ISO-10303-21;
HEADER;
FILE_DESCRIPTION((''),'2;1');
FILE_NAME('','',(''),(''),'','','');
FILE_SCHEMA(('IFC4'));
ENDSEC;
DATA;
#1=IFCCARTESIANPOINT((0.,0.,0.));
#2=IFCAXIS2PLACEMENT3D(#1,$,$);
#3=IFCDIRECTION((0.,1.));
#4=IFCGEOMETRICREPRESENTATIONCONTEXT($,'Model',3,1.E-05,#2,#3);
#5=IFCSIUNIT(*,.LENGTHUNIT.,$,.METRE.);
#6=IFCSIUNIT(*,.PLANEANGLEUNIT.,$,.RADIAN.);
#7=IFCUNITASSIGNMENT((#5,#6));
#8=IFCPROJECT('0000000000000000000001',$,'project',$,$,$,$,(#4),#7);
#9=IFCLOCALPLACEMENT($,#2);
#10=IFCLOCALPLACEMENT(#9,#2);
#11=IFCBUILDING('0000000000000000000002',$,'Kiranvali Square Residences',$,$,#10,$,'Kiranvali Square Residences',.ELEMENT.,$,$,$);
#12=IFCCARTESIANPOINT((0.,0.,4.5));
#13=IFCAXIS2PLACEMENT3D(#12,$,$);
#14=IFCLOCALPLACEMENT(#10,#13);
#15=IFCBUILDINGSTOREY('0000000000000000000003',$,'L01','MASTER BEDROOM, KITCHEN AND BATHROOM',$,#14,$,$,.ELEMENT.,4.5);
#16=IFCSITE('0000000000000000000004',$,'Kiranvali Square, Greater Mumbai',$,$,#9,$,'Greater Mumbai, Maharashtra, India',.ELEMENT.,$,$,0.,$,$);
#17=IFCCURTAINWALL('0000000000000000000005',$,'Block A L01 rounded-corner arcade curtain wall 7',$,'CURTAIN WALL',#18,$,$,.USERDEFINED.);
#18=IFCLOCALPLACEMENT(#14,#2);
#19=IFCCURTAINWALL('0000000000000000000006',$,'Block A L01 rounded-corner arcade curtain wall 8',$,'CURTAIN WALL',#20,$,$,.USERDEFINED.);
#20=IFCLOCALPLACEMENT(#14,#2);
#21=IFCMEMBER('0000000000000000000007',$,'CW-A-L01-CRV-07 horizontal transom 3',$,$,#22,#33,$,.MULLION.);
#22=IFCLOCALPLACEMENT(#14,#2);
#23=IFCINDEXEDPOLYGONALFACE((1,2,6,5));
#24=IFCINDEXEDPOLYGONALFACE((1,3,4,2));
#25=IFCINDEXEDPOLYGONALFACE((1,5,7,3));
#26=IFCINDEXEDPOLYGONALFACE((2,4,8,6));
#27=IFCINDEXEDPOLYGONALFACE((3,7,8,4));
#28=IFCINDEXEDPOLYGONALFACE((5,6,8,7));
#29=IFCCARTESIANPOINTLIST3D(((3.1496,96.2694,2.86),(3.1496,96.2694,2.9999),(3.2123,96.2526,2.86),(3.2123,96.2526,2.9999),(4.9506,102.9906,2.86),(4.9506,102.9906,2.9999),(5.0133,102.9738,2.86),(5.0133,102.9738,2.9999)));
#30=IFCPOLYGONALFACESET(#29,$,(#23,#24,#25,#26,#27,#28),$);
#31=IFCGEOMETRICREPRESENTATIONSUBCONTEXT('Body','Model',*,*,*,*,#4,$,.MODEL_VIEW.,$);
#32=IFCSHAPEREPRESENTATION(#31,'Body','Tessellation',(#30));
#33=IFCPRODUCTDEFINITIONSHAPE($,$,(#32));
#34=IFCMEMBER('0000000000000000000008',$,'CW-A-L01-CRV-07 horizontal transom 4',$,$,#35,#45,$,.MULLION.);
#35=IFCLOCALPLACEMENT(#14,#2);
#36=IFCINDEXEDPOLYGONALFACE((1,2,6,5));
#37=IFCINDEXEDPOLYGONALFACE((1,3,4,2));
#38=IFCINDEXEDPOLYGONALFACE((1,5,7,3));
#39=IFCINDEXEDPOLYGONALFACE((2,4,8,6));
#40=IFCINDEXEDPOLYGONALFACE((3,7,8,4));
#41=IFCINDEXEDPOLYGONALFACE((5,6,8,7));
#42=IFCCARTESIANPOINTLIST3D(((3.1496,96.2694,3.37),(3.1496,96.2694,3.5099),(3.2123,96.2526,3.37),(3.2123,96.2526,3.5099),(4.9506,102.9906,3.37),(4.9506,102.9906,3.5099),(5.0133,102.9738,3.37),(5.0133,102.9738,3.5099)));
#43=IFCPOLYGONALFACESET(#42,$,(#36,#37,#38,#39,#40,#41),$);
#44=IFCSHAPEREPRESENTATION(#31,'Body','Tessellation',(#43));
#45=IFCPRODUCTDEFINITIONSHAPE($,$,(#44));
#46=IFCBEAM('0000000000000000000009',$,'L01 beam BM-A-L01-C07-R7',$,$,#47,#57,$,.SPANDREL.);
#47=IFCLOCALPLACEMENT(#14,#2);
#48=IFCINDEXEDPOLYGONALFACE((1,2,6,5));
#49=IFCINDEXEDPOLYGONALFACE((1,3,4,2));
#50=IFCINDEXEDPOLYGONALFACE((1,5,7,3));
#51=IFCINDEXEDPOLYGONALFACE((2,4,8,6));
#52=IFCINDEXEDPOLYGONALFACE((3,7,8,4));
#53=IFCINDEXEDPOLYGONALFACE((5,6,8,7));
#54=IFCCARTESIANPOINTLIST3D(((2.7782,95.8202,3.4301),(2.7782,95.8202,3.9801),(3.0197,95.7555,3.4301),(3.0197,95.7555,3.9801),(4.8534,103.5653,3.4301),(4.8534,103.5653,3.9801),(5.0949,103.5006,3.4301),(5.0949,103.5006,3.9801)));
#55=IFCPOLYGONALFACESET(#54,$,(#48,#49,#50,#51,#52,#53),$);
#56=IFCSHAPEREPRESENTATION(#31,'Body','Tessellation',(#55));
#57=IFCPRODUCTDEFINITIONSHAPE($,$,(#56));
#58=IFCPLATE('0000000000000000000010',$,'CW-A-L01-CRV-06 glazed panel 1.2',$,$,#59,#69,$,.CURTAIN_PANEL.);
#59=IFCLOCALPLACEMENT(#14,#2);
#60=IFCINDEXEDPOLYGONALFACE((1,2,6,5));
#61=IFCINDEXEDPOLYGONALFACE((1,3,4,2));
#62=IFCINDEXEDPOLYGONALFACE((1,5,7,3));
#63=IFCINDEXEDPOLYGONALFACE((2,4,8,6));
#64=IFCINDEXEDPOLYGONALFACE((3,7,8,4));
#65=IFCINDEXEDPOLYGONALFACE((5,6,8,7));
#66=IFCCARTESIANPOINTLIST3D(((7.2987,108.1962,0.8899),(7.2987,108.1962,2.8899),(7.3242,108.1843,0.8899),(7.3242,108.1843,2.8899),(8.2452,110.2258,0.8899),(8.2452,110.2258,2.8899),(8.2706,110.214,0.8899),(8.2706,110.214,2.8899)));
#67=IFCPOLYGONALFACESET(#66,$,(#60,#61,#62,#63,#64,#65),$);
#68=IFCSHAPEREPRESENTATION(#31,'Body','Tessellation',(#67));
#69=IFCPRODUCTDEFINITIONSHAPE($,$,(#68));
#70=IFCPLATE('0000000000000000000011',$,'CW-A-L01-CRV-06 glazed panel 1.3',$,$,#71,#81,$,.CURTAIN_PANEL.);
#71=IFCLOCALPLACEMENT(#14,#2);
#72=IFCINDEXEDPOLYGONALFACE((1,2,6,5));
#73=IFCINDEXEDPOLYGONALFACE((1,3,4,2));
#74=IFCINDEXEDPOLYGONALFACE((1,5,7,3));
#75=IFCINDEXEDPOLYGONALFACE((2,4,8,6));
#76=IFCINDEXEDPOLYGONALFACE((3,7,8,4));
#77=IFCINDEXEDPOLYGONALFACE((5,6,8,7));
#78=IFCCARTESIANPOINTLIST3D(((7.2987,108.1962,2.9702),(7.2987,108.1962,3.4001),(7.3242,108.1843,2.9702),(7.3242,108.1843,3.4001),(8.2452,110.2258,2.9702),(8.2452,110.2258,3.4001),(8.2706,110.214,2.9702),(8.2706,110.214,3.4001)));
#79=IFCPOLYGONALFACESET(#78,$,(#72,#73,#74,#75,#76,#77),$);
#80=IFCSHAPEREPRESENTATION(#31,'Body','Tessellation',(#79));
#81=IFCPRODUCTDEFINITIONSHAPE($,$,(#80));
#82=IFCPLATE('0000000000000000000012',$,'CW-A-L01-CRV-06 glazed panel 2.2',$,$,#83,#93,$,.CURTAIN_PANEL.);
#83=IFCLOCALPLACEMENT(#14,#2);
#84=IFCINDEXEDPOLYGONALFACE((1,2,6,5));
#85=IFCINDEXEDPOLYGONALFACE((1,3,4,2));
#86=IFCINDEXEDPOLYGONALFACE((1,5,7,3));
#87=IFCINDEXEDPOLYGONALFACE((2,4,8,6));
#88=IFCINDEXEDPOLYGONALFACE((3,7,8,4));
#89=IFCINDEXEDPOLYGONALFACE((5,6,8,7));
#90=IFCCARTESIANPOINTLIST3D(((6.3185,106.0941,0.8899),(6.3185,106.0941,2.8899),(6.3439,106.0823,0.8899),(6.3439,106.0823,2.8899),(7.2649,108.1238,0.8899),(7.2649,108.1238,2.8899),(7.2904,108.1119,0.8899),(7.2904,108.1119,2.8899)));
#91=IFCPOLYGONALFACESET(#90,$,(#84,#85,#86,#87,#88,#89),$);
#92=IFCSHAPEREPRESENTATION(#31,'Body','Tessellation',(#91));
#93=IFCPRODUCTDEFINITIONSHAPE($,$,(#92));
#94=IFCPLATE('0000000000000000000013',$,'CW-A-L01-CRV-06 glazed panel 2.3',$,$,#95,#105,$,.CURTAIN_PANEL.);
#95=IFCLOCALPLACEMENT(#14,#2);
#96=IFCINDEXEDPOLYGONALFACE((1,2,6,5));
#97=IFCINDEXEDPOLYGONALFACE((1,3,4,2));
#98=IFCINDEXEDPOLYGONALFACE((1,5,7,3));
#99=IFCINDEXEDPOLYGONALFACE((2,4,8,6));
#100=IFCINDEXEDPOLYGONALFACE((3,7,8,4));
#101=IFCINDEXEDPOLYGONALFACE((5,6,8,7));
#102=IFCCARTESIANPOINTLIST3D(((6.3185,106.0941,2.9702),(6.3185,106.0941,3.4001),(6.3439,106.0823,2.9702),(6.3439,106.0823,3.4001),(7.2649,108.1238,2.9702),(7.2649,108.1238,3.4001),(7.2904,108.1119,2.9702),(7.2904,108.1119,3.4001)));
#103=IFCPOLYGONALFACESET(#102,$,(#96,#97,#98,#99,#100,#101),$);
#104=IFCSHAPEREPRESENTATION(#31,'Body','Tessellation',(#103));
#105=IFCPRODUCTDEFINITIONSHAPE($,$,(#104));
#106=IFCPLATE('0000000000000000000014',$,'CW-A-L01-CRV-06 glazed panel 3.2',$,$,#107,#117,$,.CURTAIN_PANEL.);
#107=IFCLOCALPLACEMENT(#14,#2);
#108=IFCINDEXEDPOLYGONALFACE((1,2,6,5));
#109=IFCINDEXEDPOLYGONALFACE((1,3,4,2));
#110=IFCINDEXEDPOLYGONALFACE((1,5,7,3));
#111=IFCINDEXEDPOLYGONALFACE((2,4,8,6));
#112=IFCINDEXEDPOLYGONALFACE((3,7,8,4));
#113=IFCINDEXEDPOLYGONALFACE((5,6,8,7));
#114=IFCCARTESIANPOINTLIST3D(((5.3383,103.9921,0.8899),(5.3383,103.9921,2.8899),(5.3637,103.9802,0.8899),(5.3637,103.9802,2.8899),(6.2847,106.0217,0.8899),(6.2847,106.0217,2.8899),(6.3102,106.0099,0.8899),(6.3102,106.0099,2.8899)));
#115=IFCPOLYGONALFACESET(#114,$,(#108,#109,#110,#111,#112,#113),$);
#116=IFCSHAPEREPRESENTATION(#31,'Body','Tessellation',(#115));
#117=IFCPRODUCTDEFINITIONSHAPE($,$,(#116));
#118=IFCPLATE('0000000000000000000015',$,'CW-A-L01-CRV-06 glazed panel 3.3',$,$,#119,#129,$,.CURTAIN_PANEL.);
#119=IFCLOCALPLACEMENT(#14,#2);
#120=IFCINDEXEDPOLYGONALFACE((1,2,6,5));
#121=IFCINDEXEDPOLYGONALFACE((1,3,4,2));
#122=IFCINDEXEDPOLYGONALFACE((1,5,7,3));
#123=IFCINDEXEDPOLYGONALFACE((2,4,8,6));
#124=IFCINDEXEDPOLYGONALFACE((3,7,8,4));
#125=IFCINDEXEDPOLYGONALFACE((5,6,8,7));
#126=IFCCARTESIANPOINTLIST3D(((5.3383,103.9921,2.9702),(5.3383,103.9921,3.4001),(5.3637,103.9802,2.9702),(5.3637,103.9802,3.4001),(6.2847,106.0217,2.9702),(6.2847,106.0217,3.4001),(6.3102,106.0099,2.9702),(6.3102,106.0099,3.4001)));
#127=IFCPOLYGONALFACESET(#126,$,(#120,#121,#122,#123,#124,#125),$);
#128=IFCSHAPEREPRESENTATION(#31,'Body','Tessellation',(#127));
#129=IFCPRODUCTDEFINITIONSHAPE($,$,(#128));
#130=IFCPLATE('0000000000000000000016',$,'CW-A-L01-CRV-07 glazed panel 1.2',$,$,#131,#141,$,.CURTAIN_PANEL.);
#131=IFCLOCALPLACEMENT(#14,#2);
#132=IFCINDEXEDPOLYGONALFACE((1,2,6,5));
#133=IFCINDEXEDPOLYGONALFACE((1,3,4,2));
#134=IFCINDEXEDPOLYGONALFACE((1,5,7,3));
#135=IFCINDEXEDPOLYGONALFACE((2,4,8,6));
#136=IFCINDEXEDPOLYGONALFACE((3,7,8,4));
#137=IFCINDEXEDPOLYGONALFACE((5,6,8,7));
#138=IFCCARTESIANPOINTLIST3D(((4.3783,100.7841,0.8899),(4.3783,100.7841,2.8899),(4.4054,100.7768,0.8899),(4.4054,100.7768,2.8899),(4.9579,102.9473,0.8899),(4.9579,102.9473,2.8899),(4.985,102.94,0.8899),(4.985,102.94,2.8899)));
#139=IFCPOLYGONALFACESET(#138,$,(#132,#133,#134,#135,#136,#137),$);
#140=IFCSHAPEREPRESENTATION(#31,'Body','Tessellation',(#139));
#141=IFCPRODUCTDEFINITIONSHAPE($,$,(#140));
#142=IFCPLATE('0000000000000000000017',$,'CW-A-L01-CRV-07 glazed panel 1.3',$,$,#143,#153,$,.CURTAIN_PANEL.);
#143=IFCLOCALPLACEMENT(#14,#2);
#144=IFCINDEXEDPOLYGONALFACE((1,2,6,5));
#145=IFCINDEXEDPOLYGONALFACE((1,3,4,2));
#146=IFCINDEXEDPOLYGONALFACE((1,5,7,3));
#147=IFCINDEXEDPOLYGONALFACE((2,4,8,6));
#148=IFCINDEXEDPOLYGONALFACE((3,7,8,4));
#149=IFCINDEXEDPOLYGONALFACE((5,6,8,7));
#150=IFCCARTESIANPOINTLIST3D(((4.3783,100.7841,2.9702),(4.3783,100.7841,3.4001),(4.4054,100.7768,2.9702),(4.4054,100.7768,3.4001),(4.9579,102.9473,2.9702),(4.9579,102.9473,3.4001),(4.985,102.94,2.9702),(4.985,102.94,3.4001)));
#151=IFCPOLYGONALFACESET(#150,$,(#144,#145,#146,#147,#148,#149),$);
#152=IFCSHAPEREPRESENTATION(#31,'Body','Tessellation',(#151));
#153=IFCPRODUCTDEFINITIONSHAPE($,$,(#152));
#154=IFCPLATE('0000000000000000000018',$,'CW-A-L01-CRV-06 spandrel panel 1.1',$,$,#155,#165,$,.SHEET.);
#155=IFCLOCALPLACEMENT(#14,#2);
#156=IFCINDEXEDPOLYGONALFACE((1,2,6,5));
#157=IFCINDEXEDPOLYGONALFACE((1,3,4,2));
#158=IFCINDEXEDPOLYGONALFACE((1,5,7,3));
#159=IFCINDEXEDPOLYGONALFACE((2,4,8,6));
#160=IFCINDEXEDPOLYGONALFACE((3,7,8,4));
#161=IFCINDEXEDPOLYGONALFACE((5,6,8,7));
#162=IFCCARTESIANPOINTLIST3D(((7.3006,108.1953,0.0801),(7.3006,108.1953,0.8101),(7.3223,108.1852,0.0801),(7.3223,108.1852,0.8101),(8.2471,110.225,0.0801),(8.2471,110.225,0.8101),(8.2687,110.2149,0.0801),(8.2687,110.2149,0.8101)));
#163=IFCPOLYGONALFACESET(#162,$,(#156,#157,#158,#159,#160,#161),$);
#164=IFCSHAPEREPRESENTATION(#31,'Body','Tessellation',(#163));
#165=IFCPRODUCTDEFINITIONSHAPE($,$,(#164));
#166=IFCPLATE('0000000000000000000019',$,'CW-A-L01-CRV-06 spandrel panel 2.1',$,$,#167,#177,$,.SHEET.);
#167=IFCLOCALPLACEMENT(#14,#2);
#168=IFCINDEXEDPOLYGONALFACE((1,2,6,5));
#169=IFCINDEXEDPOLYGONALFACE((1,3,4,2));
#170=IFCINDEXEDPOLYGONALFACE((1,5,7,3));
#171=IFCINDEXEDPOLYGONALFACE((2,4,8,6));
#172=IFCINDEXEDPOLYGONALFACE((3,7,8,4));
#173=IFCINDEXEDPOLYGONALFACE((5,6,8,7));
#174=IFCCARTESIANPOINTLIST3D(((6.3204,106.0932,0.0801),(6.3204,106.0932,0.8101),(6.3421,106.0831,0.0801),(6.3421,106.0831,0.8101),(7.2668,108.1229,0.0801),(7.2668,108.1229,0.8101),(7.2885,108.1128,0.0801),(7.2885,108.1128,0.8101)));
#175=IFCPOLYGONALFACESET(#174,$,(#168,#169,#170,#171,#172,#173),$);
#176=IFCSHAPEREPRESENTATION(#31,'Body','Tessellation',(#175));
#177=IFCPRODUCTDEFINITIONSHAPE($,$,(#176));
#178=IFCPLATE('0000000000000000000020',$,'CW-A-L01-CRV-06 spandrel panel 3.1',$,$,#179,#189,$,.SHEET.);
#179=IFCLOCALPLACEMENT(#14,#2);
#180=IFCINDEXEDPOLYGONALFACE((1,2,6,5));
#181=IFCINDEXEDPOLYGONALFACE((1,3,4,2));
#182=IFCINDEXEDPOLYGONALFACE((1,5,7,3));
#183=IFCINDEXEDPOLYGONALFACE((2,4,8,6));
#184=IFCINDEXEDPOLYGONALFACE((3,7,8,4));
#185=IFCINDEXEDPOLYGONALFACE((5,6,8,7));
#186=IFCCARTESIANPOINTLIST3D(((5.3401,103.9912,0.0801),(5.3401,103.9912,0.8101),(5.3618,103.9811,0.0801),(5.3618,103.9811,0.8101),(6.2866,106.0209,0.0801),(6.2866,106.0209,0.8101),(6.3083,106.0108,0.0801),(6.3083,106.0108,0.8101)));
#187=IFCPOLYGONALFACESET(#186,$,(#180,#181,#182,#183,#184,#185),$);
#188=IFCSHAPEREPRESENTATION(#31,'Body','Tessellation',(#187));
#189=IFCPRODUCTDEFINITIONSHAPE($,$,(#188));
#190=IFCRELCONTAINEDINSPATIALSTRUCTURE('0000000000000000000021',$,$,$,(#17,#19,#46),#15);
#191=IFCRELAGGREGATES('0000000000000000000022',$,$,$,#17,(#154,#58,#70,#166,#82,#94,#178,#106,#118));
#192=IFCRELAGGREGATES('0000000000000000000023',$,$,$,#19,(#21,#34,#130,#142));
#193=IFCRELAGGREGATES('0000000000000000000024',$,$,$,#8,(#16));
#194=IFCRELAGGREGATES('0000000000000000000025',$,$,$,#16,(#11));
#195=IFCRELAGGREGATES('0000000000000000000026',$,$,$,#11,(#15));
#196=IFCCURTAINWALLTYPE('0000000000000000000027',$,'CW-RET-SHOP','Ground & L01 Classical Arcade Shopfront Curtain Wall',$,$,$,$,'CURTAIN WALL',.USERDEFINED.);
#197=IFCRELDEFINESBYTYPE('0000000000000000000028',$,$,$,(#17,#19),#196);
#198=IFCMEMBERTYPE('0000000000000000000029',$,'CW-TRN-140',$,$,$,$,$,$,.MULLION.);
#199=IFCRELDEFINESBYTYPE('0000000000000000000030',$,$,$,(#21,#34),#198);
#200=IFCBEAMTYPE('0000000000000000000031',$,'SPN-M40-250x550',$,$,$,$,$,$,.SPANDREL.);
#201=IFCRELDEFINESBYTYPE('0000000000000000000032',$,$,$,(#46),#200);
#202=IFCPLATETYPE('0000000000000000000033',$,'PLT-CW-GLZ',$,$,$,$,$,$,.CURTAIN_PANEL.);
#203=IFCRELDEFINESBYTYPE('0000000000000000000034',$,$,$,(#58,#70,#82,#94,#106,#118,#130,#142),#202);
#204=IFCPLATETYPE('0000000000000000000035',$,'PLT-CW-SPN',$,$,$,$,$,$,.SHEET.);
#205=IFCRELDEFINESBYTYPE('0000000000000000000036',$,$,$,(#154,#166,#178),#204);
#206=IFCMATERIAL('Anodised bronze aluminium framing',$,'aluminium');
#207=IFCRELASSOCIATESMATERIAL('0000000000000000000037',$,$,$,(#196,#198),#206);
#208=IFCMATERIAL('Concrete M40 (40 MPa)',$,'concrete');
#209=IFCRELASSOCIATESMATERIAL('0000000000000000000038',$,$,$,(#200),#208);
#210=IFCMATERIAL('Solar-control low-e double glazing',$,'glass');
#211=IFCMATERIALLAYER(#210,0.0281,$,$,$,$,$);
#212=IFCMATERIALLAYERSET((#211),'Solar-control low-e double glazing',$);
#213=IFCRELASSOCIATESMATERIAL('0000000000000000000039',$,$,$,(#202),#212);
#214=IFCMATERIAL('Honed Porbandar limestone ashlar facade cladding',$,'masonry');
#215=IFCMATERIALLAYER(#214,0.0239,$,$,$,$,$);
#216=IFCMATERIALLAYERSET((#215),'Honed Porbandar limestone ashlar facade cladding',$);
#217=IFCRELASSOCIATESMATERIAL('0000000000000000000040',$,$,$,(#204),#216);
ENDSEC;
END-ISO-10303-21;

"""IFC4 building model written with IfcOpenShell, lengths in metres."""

from ifc_helpers import new_model, si_unit, direction, frame, origin, origin_2d, place, context, subcontext, project, spatial, rectangle, extrude, material, layer, layer_set, material_profile, profile_set, type_object, element, aggregate, save


model = new_model("IFC4")

# Units and contexts
model_context = context("Model", 3, precision=1e-05, world=origin(), true_north=direction((0.0, 1.0)))
body_context = subcontext(model_context, "Body", "Model", "MODEL_VIEW")
ifc_project = project(units=[si_unit("LENGTHUNIT", "METRE"), si_unit("PLANEANGLEUNIT", "RADIAN")], contexts=[model_context])

# Site, building, storey
site_placement = place(None, origin())
site = spatial("IfcSite", under=ifc_project, at=site_placement, Name="Kiranvali Square, Greater Mumbai", LongName="Greater Mumbai, Maharashtra, India", CompositionType="ELEMENT", RefElevation=0.0)
building_placement = place(site_placement, origin())
building = spatial("IfcBuilding", under=site, at=building_placement, Name="Kiranvali Square Residences", LongName="Kiranvali Square Residences", CompositionType="ELEMENT")
storey_placement = place(building_placement, frame((0.0, 0.0, 4.5)))
storey = spatial("IfcBuildingStorey", under=building, at=storey_placement, Name="L01", Description="MASTER BEDROOM, KITCHEN AND BATHROOM", CompositionType="ELEMENT", Elevation=4.5)

# Shared definitions
ifc_material_1 = material(Name="Concrete M40 (40 MPa)", Category="concrete")

# Curtain walls, members
ifc_material_2 = material(Name="Anodised bronze aluminium framing", Category="aluminium")
curtain_wall_type = type_object("IfcCurtainWallType", Name="CW-RET-SHOP", Description="Ground & L01 Classical Arcade Shopfront Curtain Wall", ElementType="CURTAIN WALL", PredefinedType="USERDEFINED", material=ifc_material_2)
curtain_wall_1_placement = place(storey_placement, origin())
curtain_wall_1 = element("IfcCurtainWall", 1, at=curtain_wall_1_placement, inside=storey, type_object=curtain_wall_type, Name="Block A L01 rounded-corner arcade curtain wall 7", ObjectType="CURTAIN WALL", PredefinedType="USERDEFINED")
curtain_wall_2_placement = place(storey_placement, origin())
curtain_wall_2 = element("IfcCurtainWall", 2, at=curtain_wall_2_placement, inside=storey, type_object=curtain_wall_type, Name="Block A L01 rounded-corner arcade curtain wall 8", ObjectType="CURTAIN WALL", PredefinedType="USERDEFINED")
ifc_material_profile_1 = material_profile(ifc_material_2, rectangle(XDim=0.0649, YDim=0.1399, at=origin_2d()), Name="ALU 65x140")
ifc_profile_set_1 = profile_set([ifc_material_profile_1], Name="Anodised bronze aluminium framing")
member_type_1 = type_object("IfcMemberType", Name="CW-TRN-140", PredefinedType="MULLION", material=ifc_profile_set_1)
member_1_placement = place(storey_placement, frame((4.9819, 102.9822, 2.9299), z_axis=(-0.258831, -0.965923, 0.0), x_axis=(0.965923, -0.258831, 0.0)))
member_1 = element("IfcMember", 3, at=member_1_placement, type_object=member_type_1, Name="CW-A-L01-CRV-07 horizontal transom 3", PredefinedType="MULLION", context=body_context, shape_type="SweptSolid", body=[
    extrude(rectangle(XDim=0.0649, YDim=0.1399, at=origin_2d()), origin(), (0.0, 0.0, 1.0), 6.9583),
])
member_2_placement = place(storey_placement, frame((4.9819, 102.9822, 3.4399), z_axis=(-0.258831, -0.965923, 0.0), x_axis=(0.965923, -0.258831, 0.0)))
member_2 = element("IfcMember", 4, at=member_2_placement, type_object=member_type_1, Name="CW-A-L01-CRV-07 horizontal transom 4", PredefinedType="MULLION", context=body_context, shape_type="SweptSolid", body=[
    extrude(rectangle(XDim=0.0649, YDim=0.1399, at=origin_2d()), origin(), (0.0, 0.0, 1.0), 6.9583),
])

# Beam
ifc_material_profile_2 = material_profile(ifc_material_1, rectangle(XDim=0.25, YDim=0.55, at=origin_2d()), Name="RC 250x550")
ifc_profile_set_2 = profile_set([ifc_material_profile_2], Name="Concrete M40 (40 MPa)")
beam_type_1 = type_object("IfcBeamType", Name="SPN-M40-250x550", PredefinedType="SPANDREL", material=ifc_profile_set_2)
beam_placement = place(storey_placement, frame((4.9741, 103.533, 3.7051), z_axis=(-0.258807, -0.965929, 0.0), x_axis=(0.965929, -0.258807, 0.0)))
element("IfcBeam", 5, at=beam_placement, inside=storey, type_object=beam_type_1, Name="L01 beam BM-A-L01-C07-R7", PredefinedType="SPANDREL", context=body_context, shape_type="SweptSolid", body=[
    extrude(rectangle(XDim=0.25, YDim=0.55, at=origin_2d()), origin(), (0.0, 0.0, 1.0), 8.0183),
])

# Plates
ifc_material_3 = material(Name="Solar-control low-e double glazing", Category="glass")
ifc_layer_1 = layer(ifc_material_3, 0.0281)
ifc_layer_set_1 = layer_set([ifc_layer_1], Name="Solar-control low-e double glazing")
plate_type_1 = type_object("IfcPlateType", Name="PLT-CW-GLZ", PredefinedType="CURTAIN_PANEL", material=ifc_layer_set_1)
plate_1_placement = place(storey_placement, frame((7.7847, 109.2051, 0.8899), z_axis=(0.0, 0.0, 1.0), x_axis=(-0.422618, -0.906308, 0.0)))
plate_1 = element("IfcPlate", 6, at=plate_1_placement, type_object=plate_type_1, Name="CW-A-L01-CRV-06 glazed panel 1.2", PredefinedType="CURTAIN_PANEL", context=body_context, shape_type="SweptSolid", body=[
    extrude(rectangle(XDim=2.2395, YDim=0.0281, at=origin_2d()), origin(), (0.0, 0.0, 1.0), 2.0),
])
plate_2_placement = place(storey_placement, frame((7.7847, 109.2051, 2.9702), z_axis=(0.0, 0.0, 1.0), x_axis=(-0.422618, -0.906308, 0.0)))
plate_2 = element("IfcPlate", 7, at=plate_2_placement, type_object=plate_type_1, Name="CW-A-L01-CRV-06 glazed panel 1.3", PredefinedType="CURTAIN_PANEL", context=body_context, shape_type="SweptSolid", body=[
    extrude(rectangle(XDim=2.2395, YDim=0.0281, at=origin_2d()), origin(), (0.0, 0.0, 1.0), 0.4299),
])
plate_3_placement = place(storey_placement, frame((6.8044, 107.103, 0.8899), z_axis=(0.0, 0.0, 1.0), x_axis=(-0.422618, -0.906308, 0.0)))
plate_3 = element("IfcPlate", 8, at=plate_3_placement, type_object=plate_type_1, Name="CW-A-L01-CRV-06 glazed panel 2.2", PredefinedType="CURTAIN_PANEL", context=body_context, shape_type="SweptSolid", body=[
    extrude(rectangle(XDim=2.2395, YDim=0.0281, at=origin_2d()), origin(), (0.0, 0.0, 1.0), 2.0),
])
plate_4_placement = place(storey_placement, frame((6.8044, 107.103, 2.9702), z_axis=(0.0, 0.0, 1.0), x_axis=(-0.422618, -0.906308, 0.0)))
plate_4 = element("IfcPlate", 9, at=plate_4_placement, type_object=plate_type_1, Name="CW-A-L01-CRV-06 glazed panel 2.3", PredefinedType="CURTAIN_PANEL", context=body_context, shape_type="SweptSolid", body=[
    extrude(rectangle(XDim=2.2395, YDim=0.0281, at=origin_2d()), origin(), (0.0, 0.0, 1.0), 0.4299),
])
plate_5_placement = place(storey_placement, frame((5.8242, 105.001, 0.8899), z_axis=(0.0, 0.0, 1.0), x_axis=(-0.422618, -0.906308, 0.0)))
plate_5 = element("IfcPlate", 10, at=plate_5_placement, type_object=plate_type_1, Name="CW-A-L01-CRV-06 glazed panel 3.2", PredefinedType="CURTAIN_PANEL", context=body_context, shape_type="SweptSolid", body=[
    extrude(rectangle(XDim=2.2395, YDim=0.0281, at=origin_2d()), origin(), (0.0, 0.0, 1.0), 2.0),
])
plate_6_placement = place(storey_placement, frame((5.8242, 105.001, 2.9702), z_axis=(0.0, 0.0, 1.0), x_axis=(-0.422618, -0.906308, 0.0)))
plate_6 = element("IfcPlate", 11, at=plate_6_placement, type_object=plate_type_1, Name="CW-A-L01-CRV-06 glazed panel 3.3", PredefinedType="CURTAIN_PANEL", context=body_context, shape_type="SweptSolid", body=[
    extrude(rectangle(XDim=2.2395, YDim=0.0281, at=origin_2d()), origin(), (0.0, 0.0, 1.0), 0.4299),
])
plate_7_placement = place(storey_placement, frame((4.6816, 101.8621, 0.8899), z_axis=(0.0, 0.0, 1.0), x_axis=(-0.258819, -0.965926, 0.0)))
plate_7 = element("IfcPlate", 12, at=plate_7_placement, type_object=plate_type_1, Name="CW-A-L01-CRV-07 glazed panel 1.2", PredefinedType="CURTAIN_PANEL", context=body_context, shape_type="SweptSolid", body=[
    extrude(rectangle(XDim=2.2395, YDim=0.0281, at=origin_2d()), origin(), (0.0, 0.0, 1.0), 2.0),
])
plate_8_placement = place(storey_placement, frame((4.6816, 101.8621, 2.9702), z_axis=(0.0, 0.0, 1.0), x_axis=(-0.258819, -0.965926, 0.0)))
plate_8 = element("IfcPlate", 13, at=plate_8_placement, type_object=plate_type_1, Name="CW-A-L01-CRV-07 glazed panel 1.3", PredefinedType="CURTAIN_PANEL", context=body_context, shape_type="SweptSolid", body=[
    extrude(rectangle(XDim=2.2395, YDim=0.0281, at=origin_2d()), origin(), (0.0, 0.0, 1.0), 0.4299),
])
ifc_material_4 = material(Name="Honed Porbandar limestone ashlar facade cladding", Category="masonry")
ifc_layer_2 = layer(ifc_material_4, 0.0239)
ifc_layer_set_2 = layer_set([ifc_layer_2], Name="Honed Porbandar limestone ashlar facade cladding")
plate_type_2 = type_object("IfcPlateType", Name="PLT-CW-SPN", PredefinedType="SHEET", material=ifc_layer_set_2)
plate_9_placement = place(storey_placement, frame((7.7847, 109.2051, 0.0801), z_axis=(0.0, 0.0, 1.0), x_axis=(-0.422618, -0.906308, 0.0)))
plate_9 = element("IfcPlate", 14, at=plate_9_placement, type_object=plate_type_2, Name="CW-A-L01-CRV-06 spandrel panel 1.1", PredefinedType="SHEET", context=body_context, shape_type="SweptSolid", body=[
    extrude(rectangle(XDim=2.2395, YDim=0.0239, at=origin_2d()), origin(), (0.0, 0.0, 1.0), 0.73),
])
plate_10_placement = place(storey_placement, frame((6.8044, 107.103, 0.0801), z_axis=(0.0, 0.0, 1.0), x_axis=(-0.422618, -0.906308, 0.0)))
plate_10 = element("IfcPlate", 15, at=plate_10_placement, type_object=plate_type_2, Name="CW-A-L01-CRV-06 spandrel panel 2.1", PredefinedType="SHEET", context=body_context, shape_type="SweptSolid", body=[
    extrude(rectangle(XDim=2.2395, YDim=0.0239, at=origin_2d()), origin(), (0.0, 0.0, 1.0), 0.73),
])
plate_11_placement = place(storey_placement, frame((5.8242, 105.001, 0.0801), z_axis=(0.0, 0.0, 1.0), x_axis=(-0.422618, -0.906308, 0.0)))
plate_11 = element("IfcPlate", 16, at=plate_11_placement, type_object=plate_type_2, Name="CW-A-L01-CRV-06 spandrel panel 3.1", PredefinedType="SHEET", context=body_context, shape_type="SweptSolid", body=[
    extrude(rectangle(XDim=2.2395, YDim=0.0239, at=origin_2d()), origin(), (0.0, 0.0, 1.0), 0.73),
])
aggregate(curtain_wall_1, [plate_9, plate_1, plate_2, plate_10, plate_3, plate_4, plate_11, plate_5, plate_6])
aggregate(curtain_wall_2, [member_1, member_2, plate_7, plate_8])

save(model, "model.ifc")
